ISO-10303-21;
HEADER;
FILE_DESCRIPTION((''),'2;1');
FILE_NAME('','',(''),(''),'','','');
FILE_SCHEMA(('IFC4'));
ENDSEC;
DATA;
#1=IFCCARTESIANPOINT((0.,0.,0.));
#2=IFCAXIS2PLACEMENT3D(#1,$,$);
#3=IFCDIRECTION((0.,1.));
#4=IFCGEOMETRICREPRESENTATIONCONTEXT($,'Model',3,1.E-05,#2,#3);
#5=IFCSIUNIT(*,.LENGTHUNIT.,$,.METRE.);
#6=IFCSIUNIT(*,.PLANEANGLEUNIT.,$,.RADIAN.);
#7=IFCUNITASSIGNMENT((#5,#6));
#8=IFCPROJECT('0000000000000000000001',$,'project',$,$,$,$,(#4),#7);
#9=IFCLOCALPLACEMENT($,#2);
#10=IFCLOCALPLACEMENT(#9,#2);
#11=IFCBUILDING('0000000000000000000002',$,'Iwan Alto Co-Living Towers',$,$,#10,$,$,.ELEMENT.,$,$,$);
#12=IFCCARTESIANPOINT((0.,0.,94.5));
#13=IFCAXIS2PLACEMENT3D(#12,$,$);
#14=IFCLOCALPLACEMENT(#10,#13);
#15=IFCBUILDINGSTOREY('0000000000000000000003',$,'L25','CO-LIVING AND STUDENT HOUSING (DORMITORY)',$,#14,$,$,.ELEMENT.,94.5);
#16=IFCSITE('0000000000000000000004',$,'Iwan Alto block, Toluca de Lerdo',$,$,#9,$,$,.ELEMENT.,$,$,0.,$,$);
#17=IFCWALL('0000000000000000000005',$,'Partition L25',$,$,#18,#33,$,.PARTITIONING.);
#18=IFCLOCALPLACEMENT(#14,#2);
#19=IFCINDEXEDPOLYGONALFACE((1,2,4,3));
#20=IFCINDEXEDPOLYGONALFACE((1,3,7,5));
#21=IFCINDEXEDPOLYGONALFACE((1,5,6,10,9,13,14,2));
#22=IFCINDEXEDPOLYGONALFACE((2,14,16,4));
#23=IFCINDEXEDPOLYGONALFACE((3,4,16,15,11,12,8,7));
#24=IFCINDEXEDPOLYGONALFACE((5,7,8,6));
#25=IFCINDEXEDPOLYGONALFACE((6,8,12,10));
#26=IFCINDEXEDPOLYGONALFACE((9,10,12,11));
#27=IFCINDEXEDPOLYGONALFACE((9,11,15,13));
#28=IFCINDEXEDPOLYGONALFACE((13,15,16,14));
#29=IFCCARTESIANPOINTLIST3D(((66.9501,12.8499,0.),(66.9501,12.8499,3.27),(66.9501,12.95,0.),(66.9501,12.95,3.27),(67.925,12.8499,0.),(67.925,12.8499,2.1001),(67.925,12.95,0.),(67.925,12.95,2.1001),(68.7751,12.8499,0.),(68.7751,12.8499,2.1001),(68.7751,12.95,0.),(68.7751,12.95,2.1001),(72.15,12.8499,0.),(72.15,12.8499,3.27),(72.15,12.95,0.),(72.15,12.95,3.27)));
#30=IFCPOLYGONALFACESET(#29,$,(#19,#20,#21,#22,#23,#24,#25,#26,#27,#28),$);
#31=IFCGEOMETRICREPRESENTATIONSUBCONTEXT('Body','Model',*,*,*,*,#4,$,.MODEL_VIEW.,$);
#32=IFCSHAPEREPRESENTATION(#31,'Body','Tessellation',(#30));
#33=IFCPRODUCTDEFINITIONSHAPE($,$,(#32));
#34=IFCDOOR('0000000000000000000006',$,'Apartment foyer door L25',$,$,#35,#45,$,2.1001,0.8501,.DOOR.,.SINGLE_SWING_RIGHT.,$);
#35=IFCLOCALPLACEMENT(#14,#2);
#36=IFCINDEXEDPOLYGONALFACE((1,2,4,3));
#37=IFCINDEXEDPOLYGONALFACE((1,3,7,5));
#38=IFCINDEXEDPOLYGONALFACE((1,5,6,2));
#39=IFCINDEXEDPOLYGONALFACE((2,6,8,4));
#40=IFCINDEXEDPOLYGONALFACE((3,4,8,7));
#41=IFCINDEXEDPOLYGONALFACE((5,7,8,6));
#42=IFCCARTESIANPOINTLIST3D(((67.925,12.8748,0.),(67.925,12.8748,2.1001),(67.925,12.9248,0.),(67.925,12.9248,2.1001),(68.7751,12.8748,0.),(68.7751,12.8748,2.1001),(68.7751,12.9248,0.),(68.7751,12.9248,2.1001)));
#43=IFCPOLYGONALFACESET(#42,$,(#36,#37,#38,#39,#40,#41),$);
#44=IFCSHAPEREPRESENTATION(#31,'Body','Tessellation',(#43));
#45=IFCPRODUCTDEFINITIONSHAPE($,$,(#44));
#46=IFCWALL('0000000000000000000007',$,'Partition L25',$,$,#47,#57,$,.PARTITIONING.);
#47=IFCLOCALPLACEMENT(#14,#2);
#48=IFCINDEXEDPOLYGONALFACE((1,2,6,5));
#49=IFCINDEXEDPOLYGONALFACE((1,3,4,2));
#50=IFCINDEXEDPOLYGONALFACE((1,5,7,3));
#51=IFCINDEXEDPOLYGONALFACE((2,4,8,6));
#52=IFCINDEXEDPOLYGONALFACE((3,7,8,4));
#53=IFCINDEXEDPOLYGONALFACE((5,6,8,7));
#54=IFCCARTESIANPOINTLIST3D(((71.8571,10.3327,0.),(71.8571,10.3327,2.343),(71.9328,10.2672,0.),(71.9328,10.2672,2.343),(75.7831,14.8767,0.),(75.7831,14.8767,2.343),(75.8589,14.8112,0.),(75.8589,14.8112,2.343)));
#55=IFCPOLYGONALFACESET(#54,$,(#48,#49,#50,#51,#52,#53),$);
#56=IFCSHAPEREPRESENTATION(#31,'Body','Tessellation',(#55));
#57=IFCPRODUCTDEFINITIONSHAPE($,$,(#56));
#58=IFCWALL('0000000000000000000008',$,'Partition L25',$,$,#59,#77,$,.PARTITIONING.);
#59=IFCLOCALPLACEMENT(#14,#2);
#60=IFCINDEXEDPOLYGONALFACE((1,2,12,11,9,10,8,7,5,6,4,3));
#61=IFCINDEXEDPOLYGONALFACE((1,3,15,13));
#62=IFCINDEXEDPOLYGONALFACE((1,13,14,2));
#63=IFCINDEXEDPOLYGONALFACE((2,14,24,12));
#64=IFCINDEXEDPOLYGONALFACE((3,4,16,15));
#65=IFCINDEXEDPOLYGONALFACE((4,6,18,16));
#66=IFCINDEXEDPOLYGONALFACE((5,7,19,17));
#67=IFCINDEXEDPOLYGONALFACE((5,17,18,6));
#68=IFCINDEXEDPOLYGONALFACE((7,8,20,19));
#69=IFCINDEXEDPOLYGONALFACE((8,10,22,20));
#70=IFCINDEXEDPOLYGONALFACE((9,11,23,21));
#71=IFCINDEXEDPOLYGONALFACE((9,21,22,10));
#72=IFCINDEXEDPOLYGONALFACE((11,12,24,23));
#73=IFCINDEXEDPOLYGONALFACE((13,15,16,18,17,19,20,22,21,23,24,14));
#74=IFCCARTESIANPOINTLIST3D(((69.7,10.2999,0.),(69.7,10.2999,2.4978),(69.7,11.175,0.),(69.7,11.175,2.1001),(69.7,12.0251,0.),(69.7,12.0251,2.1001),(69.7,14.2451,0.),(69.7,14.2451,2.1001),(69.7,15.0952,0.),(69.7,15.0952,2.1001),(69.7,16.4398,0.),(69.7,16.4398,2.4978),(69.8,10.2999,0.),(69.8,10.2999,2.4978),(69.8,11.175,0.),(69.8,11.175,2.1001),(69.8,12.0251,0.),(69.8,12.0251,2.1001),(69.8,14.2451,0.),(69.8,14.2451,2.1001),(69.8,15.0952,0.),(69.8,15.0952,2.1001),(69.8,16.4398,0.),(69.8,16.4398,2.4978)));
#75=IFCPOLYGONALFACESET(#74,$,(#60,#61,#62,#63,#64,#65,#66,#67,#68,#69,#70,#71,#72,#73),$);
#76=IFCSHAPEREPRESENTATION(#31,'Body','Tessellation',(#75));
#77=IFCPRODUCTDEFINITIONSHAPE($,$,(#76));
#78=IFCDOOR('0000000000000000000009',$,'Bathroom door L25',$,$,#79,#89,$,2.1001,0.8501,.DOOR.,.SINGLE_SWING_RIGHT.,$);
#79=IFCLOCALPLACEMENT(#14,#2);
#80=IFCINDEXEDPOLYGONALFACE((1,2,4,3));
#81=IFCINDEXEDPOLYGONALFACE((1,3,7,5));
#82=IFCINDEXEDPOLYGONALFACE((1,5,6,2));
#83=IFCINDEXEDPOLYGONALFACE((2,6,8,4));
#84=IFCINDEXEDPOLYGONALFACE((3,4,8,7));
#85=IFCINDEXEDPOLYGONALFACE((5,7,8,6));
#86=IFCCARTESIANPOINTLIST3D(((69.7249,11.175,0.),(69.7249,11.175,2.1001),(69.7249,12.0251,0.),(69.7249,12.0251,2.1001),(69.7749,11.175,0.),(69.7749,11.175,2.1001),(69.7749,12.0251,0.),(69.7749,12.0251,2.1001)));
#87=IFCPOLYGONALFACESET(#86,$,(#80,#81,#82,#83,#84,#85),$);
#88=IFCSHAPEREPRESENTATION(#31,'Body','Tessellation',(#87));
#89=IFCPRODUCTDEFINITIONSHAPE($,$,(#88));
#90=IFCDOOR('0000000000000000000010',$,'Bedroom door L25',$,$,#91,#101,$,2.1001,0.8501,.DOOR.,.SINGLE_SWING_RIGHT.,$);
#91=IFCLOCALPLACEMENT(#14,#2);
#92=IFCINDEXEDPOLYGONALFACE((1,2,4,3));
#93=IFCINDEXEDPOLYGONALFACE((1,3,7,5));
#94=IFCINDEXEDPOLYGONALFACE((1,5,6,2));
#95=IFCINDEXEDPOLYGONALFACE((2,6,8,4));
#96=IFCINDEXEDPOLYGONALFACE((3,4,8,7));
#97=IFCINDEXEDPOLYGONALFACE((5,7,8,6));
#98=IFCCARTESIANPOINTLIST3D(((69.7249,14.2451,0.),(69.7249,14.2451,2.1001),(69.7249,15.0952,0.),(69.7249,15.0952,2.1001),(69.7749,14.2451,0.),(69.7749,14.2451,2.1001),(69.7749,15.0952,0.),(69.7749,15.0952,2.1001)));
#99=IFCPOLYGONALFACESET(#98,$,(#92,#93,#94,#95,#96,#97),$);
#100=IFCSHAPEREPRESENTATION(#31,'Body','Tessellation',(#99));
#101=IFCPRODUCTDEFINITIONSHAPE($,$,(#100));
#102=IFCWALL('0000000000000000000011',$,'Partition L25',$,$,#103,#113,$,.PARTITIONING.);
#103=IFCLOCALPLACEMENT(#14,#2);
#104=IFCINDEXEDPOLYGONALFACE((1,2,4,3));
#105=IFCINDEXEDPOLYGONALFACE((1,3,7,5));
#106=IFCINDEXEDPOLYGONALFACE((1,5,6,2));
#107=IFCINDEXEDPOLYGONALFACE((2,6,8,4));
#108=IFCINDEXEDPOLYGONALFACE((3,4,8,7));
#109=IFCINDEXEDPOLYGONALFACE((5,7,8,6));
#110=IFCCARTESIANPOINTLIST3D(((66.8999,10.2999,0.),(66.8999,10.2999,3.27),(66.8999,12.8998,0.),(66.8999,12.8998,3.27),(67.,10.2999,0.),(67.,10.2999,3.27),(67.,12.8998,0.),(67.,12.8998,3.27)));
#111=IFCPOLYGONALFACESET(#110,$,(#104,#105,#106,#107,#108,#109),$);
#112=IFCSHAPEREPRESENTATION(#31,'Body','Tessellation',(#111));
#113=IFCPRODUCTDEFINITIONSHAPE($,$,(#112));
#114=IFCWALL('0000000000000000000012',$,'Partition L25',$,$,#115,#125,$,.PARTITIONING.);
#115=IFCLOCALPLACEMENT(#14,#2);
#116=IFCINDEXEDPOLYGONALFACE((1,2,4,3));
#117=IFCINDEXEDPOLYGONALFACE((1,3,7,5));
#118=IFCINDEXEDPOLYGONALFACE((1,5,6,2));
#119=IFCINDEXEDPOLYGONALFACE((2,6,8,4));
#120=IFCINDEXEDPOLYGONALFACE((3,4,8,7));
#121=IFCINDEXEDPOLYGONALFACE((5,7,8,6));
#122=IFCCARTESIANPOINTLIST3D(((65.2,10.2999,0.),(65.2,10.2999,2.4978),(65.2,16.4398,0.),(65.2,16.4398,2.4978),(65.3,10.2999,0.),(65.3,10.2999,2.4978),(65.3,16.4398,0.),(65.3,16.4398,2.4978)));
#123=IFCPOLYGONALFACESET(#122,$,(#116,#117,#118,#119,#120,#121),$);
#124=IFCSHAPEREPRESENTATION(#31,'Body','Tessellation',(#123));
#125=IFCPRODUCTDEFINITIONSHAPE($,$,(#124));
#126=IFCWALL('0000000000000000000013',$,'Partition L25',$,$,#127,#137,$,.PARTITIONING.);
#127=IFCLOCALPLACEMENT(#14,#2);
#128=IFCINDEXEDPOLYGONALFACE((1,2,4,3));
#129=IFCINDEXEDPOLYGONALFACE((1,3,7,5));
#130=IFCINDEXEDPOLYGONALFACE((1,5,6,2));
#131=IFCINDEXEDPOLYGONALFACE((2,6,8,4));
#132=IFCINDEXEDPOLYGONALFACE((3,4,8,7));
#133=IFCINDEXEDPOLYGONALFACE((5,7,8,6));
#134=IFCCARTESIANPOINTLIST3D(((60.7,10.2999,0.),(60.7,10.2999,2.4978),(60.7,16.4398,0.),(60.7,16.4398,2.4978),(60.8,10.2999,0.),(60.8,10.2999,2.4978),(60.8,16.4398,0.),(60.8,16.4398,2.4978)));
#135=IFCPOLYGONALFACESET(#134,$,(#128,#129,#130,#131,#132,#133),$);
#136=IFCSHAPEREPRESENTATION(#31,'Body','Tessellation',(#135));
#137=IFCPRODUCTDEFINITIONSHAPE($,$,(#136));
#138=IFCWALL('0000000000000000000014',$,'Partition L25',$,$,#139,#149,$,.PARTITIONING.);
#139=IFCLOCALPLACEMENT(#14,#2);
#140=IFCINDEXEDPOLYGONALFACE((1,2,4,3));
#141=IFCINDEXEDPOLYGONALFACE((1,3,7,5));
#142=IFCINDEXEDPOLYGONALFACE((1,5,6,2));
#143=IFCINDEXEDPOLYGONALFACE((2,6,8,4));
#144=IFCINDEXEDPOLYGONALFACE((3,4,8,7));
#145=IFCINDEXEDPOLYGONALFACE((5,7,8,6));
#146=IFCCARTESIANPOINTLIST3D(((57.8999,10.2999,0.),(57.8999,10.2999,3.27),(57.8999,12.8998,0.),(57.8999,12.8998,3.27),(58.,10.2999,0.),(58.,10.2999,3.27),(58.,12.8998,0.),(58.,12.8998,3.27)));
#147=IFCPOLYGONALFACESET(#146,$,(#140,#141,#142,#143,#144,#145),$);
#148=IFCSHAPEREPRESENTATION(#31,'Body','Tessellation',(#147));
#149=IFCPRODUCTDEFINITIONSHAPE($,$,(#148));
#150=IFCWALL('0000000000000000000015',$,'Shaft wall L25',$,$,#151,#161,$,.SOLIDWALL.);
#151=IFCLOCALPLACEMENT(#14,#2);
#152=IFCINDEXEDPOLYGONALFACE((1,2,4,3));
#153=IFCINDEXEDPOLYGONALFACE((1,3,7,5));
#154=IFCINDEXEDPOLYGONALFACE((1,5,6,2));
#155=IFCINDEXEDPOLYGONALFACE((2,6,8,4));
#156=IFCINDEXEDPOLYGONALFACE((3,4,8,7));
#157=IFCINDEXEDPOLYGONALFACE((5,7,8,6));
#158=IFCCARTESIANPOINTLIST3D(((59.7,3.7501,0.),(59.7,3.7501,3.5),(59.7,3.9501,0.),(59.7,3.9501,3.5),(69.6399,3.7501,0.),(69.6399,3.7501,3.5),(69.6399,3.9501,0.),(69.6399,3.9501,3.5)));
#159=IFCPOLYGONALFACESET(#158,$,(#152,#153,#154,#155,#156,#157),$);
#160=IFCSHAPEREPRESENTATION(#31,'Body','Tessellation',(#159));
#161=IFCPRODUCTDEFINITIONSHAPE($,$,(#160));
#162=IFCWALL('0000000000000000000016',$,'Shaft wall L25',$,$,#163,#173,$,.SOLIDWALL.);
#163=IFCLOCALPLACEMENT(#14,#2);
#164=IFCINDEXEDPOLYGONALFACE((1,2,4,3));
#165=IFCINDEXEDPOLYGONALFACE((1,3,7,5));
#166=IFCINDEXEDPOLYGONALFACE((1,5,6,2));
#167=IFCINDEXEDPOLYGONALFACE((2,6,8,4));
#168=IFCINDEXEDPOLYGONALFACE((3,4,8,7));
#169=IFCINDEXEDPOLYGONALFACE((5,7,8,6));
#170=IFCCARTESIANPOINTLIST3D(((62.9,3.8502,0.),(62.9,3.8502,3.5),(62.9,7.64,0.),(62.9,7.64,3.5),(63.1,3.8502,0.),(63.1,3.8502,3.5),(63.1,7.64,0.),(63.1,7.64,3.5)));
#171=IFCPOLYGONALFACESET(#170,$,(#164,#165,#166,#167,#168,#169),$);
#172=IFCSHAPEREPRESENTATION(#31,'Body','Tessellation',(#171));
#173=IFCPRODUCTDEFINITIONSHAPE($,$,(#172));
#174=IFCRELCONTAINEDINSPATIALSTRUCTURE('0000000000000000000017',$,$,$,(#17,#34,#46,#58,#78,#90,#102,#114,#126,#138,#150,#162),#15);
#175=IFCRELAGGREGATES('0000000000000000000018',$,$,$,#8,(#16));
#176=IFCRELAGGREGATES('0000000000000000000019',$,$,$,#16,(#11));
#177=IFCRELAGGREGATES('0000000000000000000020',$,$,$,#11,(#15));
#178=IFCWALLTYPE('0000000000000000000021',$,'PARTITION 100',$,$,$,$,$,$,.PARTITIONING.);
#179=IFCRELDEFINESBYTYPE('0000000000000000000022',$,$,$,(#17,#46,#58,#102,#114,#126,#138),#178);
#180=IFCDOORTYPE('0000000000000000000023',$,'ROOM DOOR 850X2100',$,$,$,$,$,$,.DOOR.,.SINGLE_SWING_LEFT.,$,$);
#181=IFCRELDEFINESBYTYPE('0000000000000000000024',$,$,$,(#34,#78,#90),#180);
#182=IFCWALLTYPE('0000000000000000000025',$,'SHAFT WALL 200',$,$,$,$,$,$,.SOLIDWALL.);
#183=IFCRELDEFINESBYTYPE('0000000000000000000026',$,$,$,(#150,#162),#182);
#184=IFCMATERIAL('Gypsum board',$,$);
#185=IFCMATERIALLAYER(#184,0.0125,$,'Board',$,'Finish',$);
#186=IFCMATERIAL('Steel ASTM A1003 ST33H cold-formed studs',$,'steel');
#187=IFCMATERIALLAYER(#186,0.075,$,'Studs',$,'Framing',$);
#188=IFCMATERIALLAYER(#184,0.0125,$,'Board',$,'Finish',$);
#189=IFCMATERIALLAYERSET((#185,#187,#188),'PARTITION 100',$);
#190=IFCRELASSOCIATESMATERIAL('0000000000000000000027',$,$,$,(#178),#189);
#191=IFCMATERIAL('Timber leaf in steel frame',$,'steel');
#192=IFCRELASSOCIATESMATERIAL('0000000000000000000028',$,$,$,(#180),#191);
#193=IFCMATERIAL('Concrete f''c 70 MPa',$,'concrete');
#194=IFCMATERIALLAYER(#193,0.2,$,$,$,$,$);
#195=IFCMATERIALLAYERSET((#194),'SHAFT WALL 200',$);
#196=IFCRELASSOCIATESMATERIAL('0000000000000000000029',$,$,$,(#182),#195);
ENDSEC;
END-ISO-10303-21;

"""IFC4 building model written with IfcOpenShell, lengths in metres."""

from ifc_helpers import new_model, si_unit, direction, frame, frame_2d, origin, place, context, subcontext, project, spatial, rectangle, extrude, material, layer, layer_set, type_object, element, fill, save


model = new_model("IFC4")

# Units and contexts
model_context = context("Model", 3, precision=1e-05, world=origin(), true_north=direction((0.0, 1.0)))
body_context = subcontext(model_context, "Body", "Model", "MODEL_VIEW")
ifc_project = project(units=[si_unit("LENGTHUNIT", "METRE"), si_unit("PLANEANGLEUNIT", "RADIAN")], contexts=[model_context])

# Site, building, storey
site_placement = place(None, origin())
site = spatial("IfcSite", under=ifc_project, at=site_placement, Name="Iwan Alto block, Toluca de Lerdo", CompositionType="ELEMENT", RefElevation=0.0)
building_placement = place(site_placement, origin())
building = spatial("IfcBuilding", under=site, at=building_placement, Name="Iwan Alto Co-Living Towers", CompositionType="ELEMENT")
storey_placement = place(building_placement, frame((0.0, 0.0, 94.5)))
storey = spatial("IfcBuildingStorey", under=building, at=storey_placement, Name="L25", Description="CO-LIVING AND STUDENT HOUSING (DORMITORY)", CompositionType="ELEMENT", Elevation=94.5)

# Wall, opening, door
ifc_material_1 = material(Name="Gypsum board")
ifc_layer_1 = layer(ifc_material_1, 0.0125, Name="Board", Category="Finish")
ifc_material_2 = material(Name="Steel ASTM A1003 ST33H cold-formed studs", Category="steel")
ifc_layer_2 = layer(ifc_material_2, 0.075, Name="Studs", Category="Framing")
ifc_layer_3 = layer(ifc_material_1, 0.0125, Name="Board", Category="Finish")
ifc_layer_set_1 = layer_set([ifc_layer_1, ifc_layer_2, ifc_layer_3], Name="PARTITION 100")
wall_type_1 = type_object("IfcWallType", Name="PARTITION 100", PredefinedType="PARTITIONING", material=ifc_layer_set_1)
ifc_material_3 = material(Name="Timber leaf in steel frame", Category="steel")
door_type_1 = type_object("IfcDoorType", Name="ROOM DOOR 850X2100", OperationType="SINGLE_SWING_LEFT", PredefinedType="DOOR", material=ifc_material_3)
wall_1_placement = place(storey_placement, frame((66.95, 12.8999, 0.0), z_axis=(0.0, 0.0, 1.0), x_axis=(1.0, 0.0, 0.0)))
wall_1 = element("IfcWall", 1, at=wall_1_placement, inside=storey, type_object=wall_type_1, Name="Partition L25", PredefinedType="PARTITIONING", context=body_context, shape_type="SweptSolid", body=[
    extrude(rectangle(XDim=5.2, YDim=0.1001, at=frame_2d((2.6001, 0.0))), origin(), (0.0, 0.0, 1.0), 3.27),
])
opening_1_placement = place(wall_1_placement, frame((0.9751, 0.0, 0.0)))
opening_1 = element("IfcOpeningElement", 2, at=opening_1_placement, cuts=wall_1, PredefinedType="OPENING", context=body_context, shape_type="SweptSolid", body=[
    extrude(rectangle(XDim=0.8501, YDim=2.1001, at=frame_2d((0.425, 1.05))), frame((0.0, 0.0601, 0.0), z_axis=(0.0, -1.0, 0.0), x_axis=(1.0, 0.0, 0.0)), (0.0, 0.0, 1.0), 0.1201),
])
door_1_placement = place(opening_1_placement, origin())
door_1 = element("IfcDoor", 3, at=door_1_placement, inside=storey, type_object=door_type_1, Name="Apartment foyer door L25", OperationType="SINGLE_SWING_RIGHT", OverallHeight=2.1001, OverallWidth=0.8501, PredefinedType="DOOR", context=body_context, shape_type="SweptSolid", body=[
    extrude(rectangle(XDim=0.8501, YDim=2.1001, at=frame_2d((0.425, 1.05))), frame((0.0, 0.0249, 0.0), z_axis=(0.0, -1.0, 0.0), x_axis=(1.0, 0.0, 0.0)), (0.0, 0.0, 1.0), 0.05),
])
fill(opening_1, door_1)

# Wall
wall_2_placement = place(storey_placement, frame((71.895, 10.3, 0.0), z_axis=(0.0, 0.0, 1.0), x_axis=(0.653783, 0.756682, 0.0)))
element("IfcWall", 4, at=wall_2_placement, inside=storey, type_object=wall_type_1, Name="Partition L25", PredefinedType="PARTITIONING", context=body_context, shape_type="SweptSolid", body=[
    extrude(rectangle(XDim=6.0051, YDim=0.1001, at=frame_2d((3.0024, 0.0))), origin(), (0.0, 0.0, 1.0), 2.343),
])

# Wall, openings, doors
wall_3_placement = place(storey_placement, frame((69.75, 10.3, 0.0), z_axis=(0.0, 0.0, 1.0), x_axis=(0.0, 1.0, 0.0)))
wall_3 = element("IfcWall", 5, at=wall_3_placement, inside=storey, type_object=wall_type_1, Name="Partition L25", PredefinedType="PARTITIONING", context=body_context, shape_type="SweptSolid", body=[
    extrude(rectangle(XDim=6.1399, YDim=0.1001, at=frame_2d((3.0698, 0.0))), origin(), (0.0, 0.0, 1.0), 2.4978),
])
opening_2_placement = place(wall_3_placement, frame((0.875, 0.0, 0.0)))
opening_2 = element("IfcOpeningElement", 6, at=opening_2_placement, cuts=wall_3, PredefinedType="OPENING", context=body_context, shape_type="SweptSolid", body=[
    extrude(rectangle(XDim=0.8501, YDim=2.1001, at=frame_2d((0.425, 1.05))), frame((0.0, 0.0601, 0.0), z_axis=(0.0, -1.0, 0.0), x_axis=(1.0, 0.0, 0.0)), (0.0, 0.0, 1.0), 0.1201),
])
opening_3_placement = place(wall_3_placement, frame((3.9451, 0.0, 0.0)))
opening_3 = element("IfcOpeningElement", 7, at=opening_3_placement, cuts=wall_3, PredefinedType="OPENING", context=body_context, shape_type="SweptSolid", body=[
    extrude(rectangle(XDim=0.8501, YDim=2.1001, at=frame_2d((0.425, 1.05))), frame((0.0, 0.0601, 0.0), z_axis=(0.0, -1.0, 0.0), x_axis=(1.0, 0.0, 0.0)), (0.0, 0.0, 1.0), 0.1201),
])
door_2_placement = place(opening_2_placement, frame((0.8501, 0.0, 0.0), z_axis=(0.0, 0.0, 1.0), x_axis=(-1.0, 0.0, 0.0)))
door_2 = element("IfcDoor", 8, at=door_2_placement, inside=storey, type_object=door_type_1, Name="Bathroom door L25", OperationType="SINGLE_SWING_RIGHT", OverallHeight=2.1001, OverallWidth=0.8501, PredefinedType="DOOR", context=body_context, shape_type="SweptSolid", body=[
    extrude(rectangle(XDim=0.8501, YDim=2.1001, at=frame_2d((0.425, 1.05))), frame((0.0, 0.0249, 0.0), z_axis=(0.0, -1.0, 0.0), x_axis=(1.0, 0.0, 0.0)), (0.0, 0.0, 1.0), 0.05),
])
fill(opening_2, door_2)
door_3_placement = place(opening_3_placement, frame((0.8501, 0.0, 0.0), z_axis=(0.0, 0.0, 1.0), x_axis=(-1.0, 0.0, 0.0)))
door_3 = element("IfcDoor", 9, at=door_3_placement, inside=storey, type_object=door_type_1, Name="Bedroom door L25", OperationType="SINGLE_SWING_RIGHT", OverallHeight=2.1001, OverallWidth=0.8501, PredefinedType="DOOR", context=body_context, shape_type="SweptSolid", body=[
    extrude(rectangle(XDim=0.8501, YDim=2.1001, at=frame_2d((0.425, 1.05))), frame((0.0, 0.0249, 0.0), z_axis=(0.0, -1.0, 0.0), x_axis=(1.0, 0.0, 0.0)), (0.0, 0.0, 1.0), 0.05),
])
fill(opening_3, door_3)

# Walls
wall_4_placement = place(storey_placement, frame((66.95, 10.3, 0.0), z_axis=(0.0, 0.0, 1.0), x_axis=(0.0, 1.0, 0.0)))
element("IfcWall", 10, at=wall_4_placement, inside=storey, type_object=wall_type_1, Name="Partition L25", PredefinedType="PARTITIONING", context=body_context, shape_type="SweptSolid", body=[
    extrude(rectangle(XDim=2.5999, YDim=0.1001, at=frame_2d((1.2998, 0.0))), origin(), (0.0, 0.0, 1.0), 3.27),
])
for number, where, z_axis, x_axis, name in (
    (11, (65.25, 10.3, 0.0), (0.0, 0.0, 1.0), (0.0, 1.0, 0.0), "Partition L25"),
    (12, (60.75, 10.3, 0.0), (0.0, 0.0, 1.0), (0.0, 1.0, 0.0), "Partition L25"),
):
    element("IfcWall", number, at=place(storey_placement, frame(where, z_axis=z_axis, x_axis=x_axis)), inside=storey, type_object=wall_type_1, Name=name, PredefinedType="PARTITIONING", context=body_context, shape_type="SweptSolid", body=[
        extrude(rectangle(XDim=6.1399, YDim=0.1001, at=frame_2d((3.0698, 0.0))), origin(), (0.0, 0.0, 1.0), 2.4978),
    ])
wall_5_placement = place(storey_placement, frame((57.95, 10.3, 0.0), z_axis=(0.0, 0.0, 1.0), x_axis=(0.0, 1.0, 0.0)))
element("IfcWall", 13, at=wall_5_placement, inside=storey, type_object=wall_type_1, Name="Partition L25", PredefinedType="PARTITIONING", context=body_context, shape_type="SweptSolid", body=[
    extrude(rectangle(XDim=2.5999, YDim=0.1001, at=frame_2d((1.2998, 0.0))), origin(), (0.0, 0.0, 1.0), 3.27),
])
ifc_material_4 = material(Name="Concrete f'c 70 MPa", Category="concrete")
ifc_layer_4 = layer(ifc_material_4, 0.2)
ifc_layer_set_2 = layer_set([ifc_layer_4], Name="SHAFT WALL 200")
wall_type_2 = type_object("IfcWallType", Name="SHAFT WALL 200", PredefinedType="SOLIDWALL", material=ifc_layer_set_2)
wall_6_placement = place(storey_placement, frame((59.7, 3.8501, 0.0), z_axis=(0.0, 0.0, 1.0), x_axis=(1.0, 0.0, 0.0)))
element("IfcWall", 14, at=wall_6_placement, inside=storey, type_object=wall_type_2, Name="Shaft wall L25", PredefinedType="SOLIDWALL", context=body_context, shape_type="SweptSolid", body=[
    extrude(rectangle(XDim=9.9399, YDim=0.2, at=frame_2d((4.97, 0.0))), origin(), (0.0, 0.0, 1.0), 3.5),
])
wall_7_placement = place(storey_placement, frame((63.0, 3.8501, 0.0), z_axis=(0.0, 0.0, 1.0), x_axis=(0.0, 1.0, 0.0)))
element("IfcWall", 15, at=wall_7_placement, inside=storey, type_object=wall_type_2, Name="Shaft wall L25", PredefinedType="SOLIDWALL", context=body_context, shape_type="SweptSolid", body=[
    extrude(rectangle(XDim=3.7898, YDim=0.2, at=frame_2d((1.895, 0.0))), origin(), (0.0, 0.0, 1.0), 3.5),
])

save(model, "model.ifc")
